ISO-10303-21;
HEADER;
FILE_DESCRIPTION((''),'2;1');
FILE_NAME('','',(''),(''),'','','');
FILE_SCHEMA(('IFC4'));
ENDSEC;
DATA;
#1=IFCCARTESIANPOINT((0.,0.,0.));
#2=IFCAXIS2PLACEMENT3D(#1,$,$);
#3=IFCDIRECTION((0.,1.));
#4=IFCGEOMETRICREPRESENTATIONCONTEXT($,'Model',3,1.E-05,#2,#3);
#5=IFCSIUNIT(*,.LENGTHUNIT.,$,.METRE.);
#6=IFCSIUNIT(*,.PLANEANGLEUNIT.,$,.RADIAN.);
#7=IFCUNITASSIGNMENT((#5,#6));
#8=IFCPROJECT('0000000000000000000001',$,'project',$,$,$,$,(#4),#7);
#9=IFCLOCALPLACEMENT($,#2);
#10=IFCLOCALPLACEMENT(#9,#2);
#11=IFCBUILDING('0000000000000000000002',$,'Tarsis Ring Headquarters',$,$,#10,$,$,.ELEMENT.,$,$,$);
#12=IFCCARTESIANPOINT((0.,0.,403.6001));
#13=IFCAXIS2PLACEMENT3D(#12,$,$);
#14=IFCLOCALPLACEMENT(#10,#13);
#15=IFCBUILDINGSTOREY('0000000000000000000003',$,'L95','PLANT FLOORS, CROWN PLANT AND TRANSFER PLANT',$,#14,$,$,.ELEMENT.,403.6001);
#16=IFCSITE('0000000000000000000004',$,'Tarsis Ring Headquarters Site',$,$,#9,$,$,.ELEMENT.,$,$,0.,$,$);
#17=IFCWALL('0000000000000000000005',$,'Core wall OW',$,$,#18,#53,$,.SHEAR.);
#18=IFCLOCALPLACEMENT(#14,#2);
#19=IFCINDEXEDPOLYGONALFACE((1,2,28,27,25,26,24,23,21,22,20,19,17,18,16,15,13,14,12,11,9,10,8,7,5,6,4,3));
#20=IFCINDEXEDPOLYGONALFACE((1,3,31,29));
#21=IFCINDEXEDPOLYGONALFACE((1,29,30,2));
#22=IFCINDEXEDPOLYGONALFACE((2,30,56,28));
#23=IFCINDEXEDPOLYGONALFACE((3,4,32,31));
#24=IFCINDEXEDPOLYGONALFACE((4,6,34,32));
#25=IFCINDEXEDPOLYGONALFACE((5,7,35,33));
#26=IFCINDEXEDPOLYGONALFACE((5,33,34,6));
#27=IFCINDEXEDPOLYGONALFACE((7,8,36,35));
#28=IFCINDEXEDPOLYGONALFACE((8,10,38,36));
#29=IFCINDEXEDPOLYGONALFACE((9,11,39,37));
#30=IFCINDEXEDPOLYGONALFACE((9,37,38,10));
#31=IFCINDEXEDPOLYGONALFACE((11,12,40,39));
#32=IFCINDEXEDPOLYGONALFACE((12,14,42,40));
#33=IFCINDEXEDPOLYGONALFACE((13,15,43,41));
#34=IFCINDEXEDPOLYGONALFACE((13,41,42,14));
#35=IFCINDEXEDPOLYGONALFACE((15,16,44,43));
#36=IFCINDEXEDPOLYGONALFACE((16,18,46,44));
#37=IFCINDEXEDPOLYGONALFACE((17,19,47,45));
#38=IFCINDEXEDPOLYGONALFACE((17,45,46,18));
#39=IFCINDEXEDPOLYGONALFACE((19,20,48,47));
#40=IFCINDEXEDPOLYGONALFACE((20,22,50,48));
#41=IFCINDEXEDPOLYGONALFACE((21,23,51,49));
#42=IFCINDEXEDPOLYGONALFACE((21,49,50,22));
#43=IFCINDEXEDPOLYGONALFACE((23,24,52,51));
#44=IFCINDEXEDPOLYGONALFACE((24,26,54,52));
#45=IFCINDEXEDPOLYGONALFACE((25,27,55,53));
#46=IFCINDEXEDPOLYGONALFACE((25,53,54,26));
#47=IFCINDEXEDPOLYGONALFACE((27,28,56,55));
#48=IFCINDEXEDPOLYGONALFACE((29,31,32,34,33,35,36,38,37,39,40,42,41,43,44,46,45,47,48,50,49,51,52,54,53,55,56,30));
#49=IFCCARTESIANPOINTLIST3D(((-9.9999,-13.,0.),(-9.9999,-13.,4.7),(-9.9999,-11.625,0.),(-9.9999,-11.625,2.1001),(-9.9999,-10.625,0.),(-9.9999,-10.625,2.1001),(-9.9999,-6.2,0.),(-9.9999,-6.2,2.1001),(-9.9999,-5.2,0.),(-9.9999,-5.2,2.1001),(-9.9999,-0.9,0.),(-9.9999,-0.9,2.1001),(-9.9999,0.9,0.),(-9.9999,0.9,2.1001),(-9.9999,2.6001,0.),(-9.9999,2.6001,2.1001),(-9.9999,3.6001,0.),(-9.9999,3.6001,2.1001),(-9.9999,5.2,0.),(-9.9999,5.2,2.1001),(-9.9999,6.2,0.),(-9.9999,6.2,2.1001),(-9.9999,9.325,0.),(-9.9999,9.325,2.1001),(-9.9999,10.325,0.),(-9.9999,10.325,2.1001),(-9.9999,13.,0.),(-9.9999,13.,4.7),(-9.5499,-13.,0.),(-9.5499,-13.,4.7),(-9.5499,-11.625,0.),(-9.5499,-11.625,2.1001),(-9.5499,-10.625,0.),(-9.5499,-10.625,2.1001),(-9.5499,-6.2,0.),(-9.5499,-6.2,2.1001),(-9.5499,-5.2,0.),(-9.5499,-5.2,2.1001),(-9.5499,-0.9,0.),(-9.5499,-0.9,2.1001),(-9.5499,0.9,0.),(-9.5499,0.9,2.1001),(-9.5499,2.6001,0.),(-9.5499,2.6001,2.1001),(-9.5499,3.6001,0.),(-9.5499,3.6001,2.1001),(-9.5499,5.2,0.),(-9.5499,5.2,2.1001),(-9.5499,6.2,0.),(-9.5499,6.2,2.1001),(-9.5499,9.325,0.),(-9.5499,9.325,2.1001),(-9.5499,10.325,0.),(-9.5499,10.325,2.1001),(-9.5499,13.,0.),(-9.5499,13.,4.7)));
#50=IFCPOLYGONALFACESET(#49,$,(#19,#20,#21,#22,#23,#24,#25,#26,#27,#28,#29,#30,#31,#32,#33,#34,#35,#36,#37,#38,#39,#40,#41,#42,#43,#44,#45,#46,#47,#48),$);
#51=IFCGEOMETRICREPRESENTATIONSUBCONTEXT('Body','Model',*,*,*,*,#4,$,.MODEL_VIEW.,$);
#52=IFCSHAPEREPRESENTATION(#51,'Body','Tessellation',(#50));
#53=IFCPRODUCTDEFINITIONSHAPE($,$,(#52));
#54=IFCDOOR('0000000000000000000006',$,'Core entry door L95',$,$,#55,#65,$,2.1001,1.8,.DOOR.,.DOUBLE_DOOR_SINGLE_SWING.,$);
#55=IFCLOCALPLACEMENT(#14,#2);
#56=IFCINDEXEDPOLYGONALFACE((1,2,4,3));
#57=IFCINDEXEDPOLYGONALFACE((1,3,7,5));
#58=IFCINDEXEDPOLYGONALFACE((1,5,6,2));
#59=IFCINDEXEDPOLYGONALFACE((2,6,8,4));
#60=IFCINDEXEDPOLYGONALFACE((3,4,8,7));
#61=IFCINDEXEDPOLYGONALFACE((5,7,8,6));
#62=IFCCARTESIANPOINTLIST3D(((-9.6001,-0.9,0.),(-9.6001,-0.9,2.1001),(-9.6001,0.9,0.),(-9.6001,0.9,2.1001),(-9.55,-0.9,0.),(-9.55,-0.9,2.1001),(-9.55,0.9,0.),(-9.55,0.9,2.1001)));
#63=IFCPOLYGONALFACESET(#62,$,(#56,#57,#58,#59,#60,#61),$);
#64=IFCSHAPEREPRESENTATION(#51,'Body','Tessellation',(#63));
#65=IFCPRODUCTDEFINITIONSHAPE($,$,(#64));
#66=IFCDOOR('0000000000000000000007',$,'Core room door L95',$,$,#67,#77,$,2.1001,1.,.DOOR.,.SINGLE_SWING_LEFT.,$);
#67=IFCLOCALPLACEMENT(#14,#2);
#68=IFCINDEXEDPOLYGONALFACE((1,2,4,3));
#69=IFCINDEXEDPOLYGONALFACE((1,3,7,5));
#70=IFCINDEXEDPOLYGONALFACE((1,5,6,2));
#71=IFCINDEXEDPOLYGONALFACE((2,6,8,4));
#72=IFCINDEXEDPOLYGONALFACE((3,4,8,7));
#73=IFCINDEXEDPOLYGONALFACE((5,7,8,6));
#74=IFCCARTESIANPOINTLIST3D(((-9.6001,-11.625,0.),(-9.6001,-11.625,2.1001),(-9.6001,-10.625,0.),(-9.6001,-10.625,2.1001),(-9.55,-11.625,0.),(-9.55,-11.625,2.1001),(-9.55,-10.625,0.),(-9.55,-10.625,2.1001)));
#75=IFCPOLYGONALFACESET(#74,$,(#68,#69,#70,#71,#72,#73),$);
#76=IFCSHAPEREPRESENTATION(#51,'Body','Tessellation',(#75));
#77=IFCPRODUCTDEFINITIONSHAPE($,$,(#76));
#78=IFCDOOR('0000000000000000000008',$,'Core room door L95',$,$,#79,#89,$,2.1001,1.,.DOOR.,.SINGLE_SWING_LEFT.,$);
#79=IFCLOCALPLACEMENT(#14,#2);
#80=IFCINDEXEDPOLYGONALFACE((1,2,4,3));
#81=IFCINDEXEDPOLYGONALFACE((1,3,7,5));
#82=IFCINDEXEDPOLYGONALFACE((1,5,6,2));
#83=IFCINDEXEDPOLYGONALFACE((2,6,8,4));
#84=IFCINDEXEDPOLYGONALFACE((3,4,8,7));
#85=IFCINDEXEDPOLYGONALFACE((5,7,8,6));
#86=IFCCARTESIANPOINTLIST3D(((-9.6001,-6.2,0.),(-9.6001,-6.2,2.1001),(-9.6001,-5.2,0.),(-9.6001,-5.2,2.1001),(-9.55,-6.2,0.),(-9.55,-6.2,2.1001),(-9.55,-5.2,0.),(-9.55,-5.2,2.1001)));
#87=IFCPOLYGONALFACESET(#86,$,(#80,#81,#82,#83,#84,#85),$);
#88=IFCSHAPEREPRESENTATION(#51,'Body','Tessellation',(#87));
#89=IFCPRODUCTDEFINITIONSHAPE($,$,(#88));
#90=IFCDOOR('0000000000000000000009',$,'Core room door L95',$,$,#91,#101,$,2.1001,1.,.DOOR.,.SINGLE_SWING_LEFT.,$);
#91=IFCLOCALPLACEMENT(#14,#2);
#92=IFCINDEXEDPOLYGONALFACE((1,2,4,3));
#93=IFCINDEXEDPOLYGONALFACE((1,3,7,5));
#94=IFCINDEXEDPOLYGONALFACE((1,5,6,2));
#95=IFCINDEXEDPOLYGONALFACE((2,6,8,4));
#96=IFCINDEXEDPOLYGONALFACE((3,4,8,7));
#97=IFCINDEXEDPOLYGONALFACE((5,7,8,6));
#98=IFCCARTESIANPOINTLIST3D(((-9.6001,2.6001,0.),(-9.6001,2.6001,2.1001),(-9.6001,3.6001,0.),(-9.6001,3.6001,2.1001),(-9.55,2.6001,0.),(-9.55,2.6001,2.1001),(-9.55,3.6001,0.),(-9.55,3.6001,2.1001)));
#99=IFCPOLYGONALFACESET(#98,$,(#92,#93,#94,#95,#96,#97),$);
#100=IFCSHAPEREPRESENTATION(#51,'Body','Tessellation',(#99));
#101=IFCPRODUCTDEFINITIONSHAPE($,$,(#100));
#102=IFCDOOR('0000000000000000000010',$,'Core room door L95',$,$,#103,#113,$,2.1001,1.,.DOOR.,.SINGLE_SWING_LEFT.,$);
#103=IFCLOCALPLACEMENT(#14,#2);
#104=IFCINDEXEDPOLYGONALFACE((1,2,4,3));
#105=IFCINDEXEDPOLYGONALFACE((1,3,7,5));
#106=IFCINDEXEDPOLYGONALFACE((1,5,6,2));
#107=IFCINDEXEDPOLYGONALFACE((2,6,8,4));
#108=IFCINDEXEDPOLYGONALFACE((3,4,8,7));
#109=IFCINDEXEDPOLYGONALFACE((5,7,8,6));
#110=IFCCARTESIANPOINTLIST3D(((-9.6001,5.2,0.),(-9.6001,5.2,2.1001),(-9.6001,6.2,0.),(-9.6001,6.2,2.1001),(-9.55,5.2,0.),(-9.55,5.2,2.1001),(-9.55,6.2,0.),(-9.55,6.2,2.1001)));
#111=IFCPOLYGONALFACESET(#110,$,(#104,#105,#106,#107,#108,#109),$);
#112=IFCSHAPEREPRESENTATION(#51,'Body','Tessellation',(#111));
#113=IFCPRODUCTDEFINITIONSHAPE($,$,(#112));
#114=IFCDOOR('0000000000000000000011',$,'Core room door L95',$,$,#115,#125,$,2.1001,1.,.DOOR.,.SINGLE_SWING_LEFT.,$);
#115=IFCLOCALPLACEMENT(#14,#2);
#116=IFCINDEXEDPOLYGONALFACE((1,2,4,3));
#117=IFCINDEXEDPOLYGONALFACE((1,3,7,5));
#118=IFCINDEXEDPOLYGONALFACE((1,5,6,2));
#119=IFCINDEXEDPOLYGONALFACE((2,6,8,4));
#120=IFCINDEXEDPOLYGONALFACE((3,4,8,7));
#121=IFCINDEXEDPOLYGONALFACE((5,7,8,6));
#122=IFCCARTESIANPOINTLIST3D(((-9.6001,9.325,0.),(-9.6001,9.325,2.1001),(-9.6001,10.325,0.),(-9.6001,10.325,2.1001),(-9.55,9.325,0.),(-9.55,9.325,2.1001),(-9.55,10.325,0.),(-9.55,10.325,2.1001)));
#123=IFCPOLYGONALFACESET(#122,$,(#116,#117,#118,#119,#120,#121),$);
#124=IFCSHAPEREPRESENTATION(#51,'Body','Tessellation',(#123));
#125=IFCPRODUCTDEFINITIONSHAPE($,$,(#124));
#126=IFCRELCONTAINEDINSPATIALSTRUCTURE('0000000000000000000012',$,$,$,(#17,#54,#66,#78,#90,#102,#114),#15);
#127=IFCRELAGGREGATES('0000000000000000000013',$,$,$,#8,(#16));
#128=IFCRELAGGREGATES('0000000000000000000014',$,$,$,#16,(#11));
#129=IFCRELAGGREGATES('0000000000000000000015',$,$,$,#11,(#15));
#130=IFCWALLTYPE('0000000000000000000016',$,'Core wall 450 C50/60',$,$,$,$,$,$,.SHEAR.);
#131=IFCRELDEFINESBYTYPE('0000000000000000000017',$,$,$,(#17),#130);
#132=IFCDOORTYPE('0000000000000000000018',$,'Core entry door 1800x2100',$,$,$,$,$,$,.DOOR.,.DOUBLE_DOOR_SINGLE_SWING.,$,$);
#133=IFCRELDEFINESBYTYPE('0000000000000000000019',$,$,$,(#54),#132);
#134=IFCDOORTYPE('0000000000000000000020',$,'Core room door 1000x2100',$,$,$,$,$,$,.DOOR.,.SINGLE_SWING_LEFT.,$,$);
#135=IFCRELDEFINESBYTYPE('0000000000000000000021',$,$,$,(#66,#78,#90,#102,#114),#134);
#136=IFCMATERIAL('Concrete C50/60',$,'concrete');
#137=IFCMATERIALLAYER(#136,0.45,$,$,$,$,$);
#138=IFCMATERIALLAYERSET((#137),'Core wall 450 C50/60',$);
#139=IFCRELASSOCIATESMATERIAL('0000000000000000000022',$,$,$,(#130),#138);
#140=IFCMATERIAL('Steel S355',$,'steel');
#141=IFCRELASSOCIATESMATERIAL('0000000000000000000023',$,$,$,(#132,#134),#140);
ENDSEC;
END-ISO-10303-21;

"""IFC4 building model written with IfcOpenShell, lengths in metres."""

from ifc_helpers import new_model, si_unit, direction, frame, frame_2d, origin, place, context, subcontext, project, spatial, rectangle, extrude, material, layer, layer_set, type_object, element, fill, save


model = new_model("IFC4")

# Units and contexts
model_context = context("Model", 3, precision=1e-05, world=origin(), true_north=direction((0.0, 1.0)))
body_context = subcontext(model_context, "Body", "Model", "MODEL_VIEW")
ifc_project = project(units=[si_unit("LENGTHUNIT", "METRE"), si_unit("PLANEANGLEUNIT", "RADIAN")], contexts=[model_context])

# Site, building, storey
site_placement = place(None, origin())
site = spatial("IfcSite", under=ifc_project, at=site_placement, Name="Tarsis Ring Headquarters Site", CompositionType="ELEMENT", RefElevation=0.0)
building_placement = place(site_placement, origin())
building = spatial("IfcBuilding", under=site, at=building_placement, Name="Tarsis Ring Headquarters", CompositionType="ELEMENT")
storey_placement = place(building_placement, frame((0.0, 0.0, 403.6001)))
storey = spatial("IfcBuildingStorey", under=building, at=storey_placement, Name="L95", Description="PLANT FLOORS, CROWN PLANT AND TRANSFER PLANT", CompositionType="ELEMENT", Elevation=403.6001)

# Wall, openings, doors
ifc_material_1 = material(Name="Concrete C50/60", Category="concrete")
ifc_layer_1 = layer(ifc_material_1, 0.45)
ifc_layer_set_1 = layer_set([ifc_layer_1], Name="Core wall 450 C50/60")
wall_type_1 = type_object("IfcWallType", Name="Core wall 450 C50/60", PredefinedType="SHEAR", material=ifc_layer_set_1)
wall_1_placement = place(storey_placement, frame((-9.7749, -13.0, 0.0), z_axis=(0.0, 0.0, 1.0), x_axis=(0.0, 1.0, 0.0)))
wall_1 = element("IfcWall", 1, at=wall_1_placement, inside=storey, type_object=wall_type_1, Name="Core wall OW", PredefinedType="SHEAR", context=body_context, shape_type="SweptSolid", body=[
    extrude(rectangle(XDim=26.0, YDim=0.45, at=frame_2d((13.0, 0.0))), origin(), (0.0, 0.0, 1.0), 4.7),
])
opening_1_placement = place(wall_1_placement, frame((1.375, 0.0, 0.0)))
opening_1 = element("IfcOpeningElement", 2, at=opening_1_placement, cuts=wall_1, PredefinedType="OPENING", context=body_context, shape_type="SweptSolid", body=[
    extrude(rectangle(XDim=1.0, YDim=2.1001, at=frame_2d((0.5, 1.05))), frame((0.0, 0.2349, 0.0), z_axis=(0.0, -1.0, 0.0), x_axis=(1.0, 0.0, 0.0)), (0.0, 0.0, 1.0), 0.47),
])
opening_2_placement = place(wall_1_placement, frame((6.8, 0.0, 0.0)))
opening_2 = element("IfcOpeningElement", 3, at=opening_2_placement, cuts=wall_1, PredefinedType="OPENING", context=body_context, shape_type="SweptSolid", body=[
    extrude(rectangle(XDim=1.0, YDim=2.1001, at=frame_2d((0.5, 1.05))), frame((0.0, 0.2349, 0.0), z_axis=(0.0, -1.0, 0.0), x_axis=(1.0, 0.0, 0.0)), (0.0, 0.0, 1.0), 0.47),
])
opening_3_placement = place(wall_1_placement, frame((12.1001, 0.0, 0.0)))
opening_3 = element("IfcOpeningElement", 4, at=opening_3_placement, cuts=wall_1, PredefinedType="OPENING", context=body_context, shape_type="SweptSolid", body=[
    extrude(rectangle(XDim=1.8, YDim=2.1001, at=frame_2d((0.8999, 1.05))), frame((0.0, 0.2349, 0.0), z_axis=(0.0, -1.0, 0.0), x_axis=(1.0, 0.0, 0.0)), (0.0, 0.0, 1.0), 0.47),
])
opening_4_placement = place(wall_1_placement, frame((15.6001, 0.0, 0.0)))
opening_4 = element("IfcOpeningElement", 5, at=opening_4_placement, cuts=wall_1, PredefinedType="OPENING", context=body_context, shape_type="SweptSolid", body=[
    extrude(rectangle(XDim=1.0, YDim=2.1001, at=frame_2d((0.5, 1.05))), frame((0.0, 0.2349, 0.0), z_axis=(0.0, -1.0, 0.0), x_axis=(1.0, 0.0, 0.0)), (0.0, 0.0, 1.0), 0.47),
])
opening_5_placement = place(wall_1_placement, frame((18.2, 0.0, 0.0)))
opening_5 = element("IfcOpeningElement", 6, at=opening_5_placement, cuts=wall_1, PredefinedType="OPENING", context=body_context, shape_type="SweptSolid", body=[
    extrude(rectangle(XDim=1.0, YDim=2.1001, at=frame_2d((0.5, 1.05))), frame((0.0, 0.2349, 0.0), z_axis=(0.0, -1.0, 0.0), x_axis=(1.0, 0.0, 0.0)), (0.0, 0.0, 1.0), 0.47),
])
opening_6_placement = place(wall_1_placement, frame((22.325, 0.0, 0.0)))
opening_6 = element("IfcOpeningElement", 7, at=opening_6_placement, cuts=wall_1, PredefinedType="OPENING", context=body_context, shape_type="SweptSolid", body=[
    extrude(rectangle(XDim=1.0, YDim=2.1001, at=frame_2d((0.5, 1.05))), frame((0.0, 0.2349, 0.0), z_axis=(0.0, -1.0, 0.0), x_axis=(1.0, 0.0, 0.0)), (0.0, 0.0, 1.0), 0.47),
])
ifc_material_2 = material(Name="Steel S355", Category="steel")
door_type_1 = type_object("IfcDoorType", Name="Core entry door 1800x2100", OperationType="DOUBLE_DOOR_SINGLE_SWING", PredefinedType="DOOR", material=ifc_material_2)
door_1_placement = place(opening_3_placement, origin())
door_1 = element("IfcDoor", 8, at=door_1_placement, inside=storey, type_object=door_type_1, Name="Core entry door L95", OperationType="DOUBLE_DOOR_SINGLE_SWING", OverallHeight=2.1001, OverallWidth=1.8, PredefinedType="DOOR", context=body_context, shape_type="SweptSolid", body=[
    extrude(rectangle(XDim=1.8, YDim=2.1001, at=frame_2d((0.8999, 1.05))), frame((0.0, -0.1748, 0.0), z_axis=(0.0, -1.0, 0.0), x_axis=(1.0, 0.0, 0.0)), (0.0, 0.0, 1.0), 0.05),
])
fill(opening_3, door_1)
door_type_2 = type_object("IfcDoorType", Name="Core room door 1000x2100", OperationType="SINGLE_SWING_LEFT", PredefinedType="DOOR", material=ifc_material_2)
door_2_placement = place(opening_1_placement, origin())
door_2 = element("IfcDoor", 9, at=door_2_placement, inside=storey, type_object=door_type_2, Name="Core room door L95", OperationType="SINGLE_SWING_LEFT", OverallHeight=2.1001, OverallWidth=1.0, PredefinedType="DOOR", context=body_context, shape_type="SweptSolid", body=[
    extrude(rectangle(XDim=1.0, YDim=2.1001, at=frame_2d((0.5, 1.05))), frame((0.0, -0.1748, 0.0), z_axis=(0.0, -1.0, 0.0), x_axis=(1.0, 0.0, 0.0)), (0.0, 0.0, 1.0), 0.05),
])
fill(opening_1, door_2)
door_3_placement = place(opening_2_placement, origin())
door_3 = element("IfcDoor", 10, at=door_3_placement, inside=storey, type_object=door_type_2, Name="Core room door L95", OperationType="SINGLE_SWING_LEFT", OverallHeight=2.1001, OverallWidth=1.0, PredefinedType="DOOR", context=body_context, shape_type="SweptSolid", body=[
    extrude(rectangle(XDim=1.0, YDim=2.1001, at=frame_2d((0.5, 1.05))), frame((0.0, -0.1748, 0.0), z_axis=(0.0, -1.0, 0.0), x_axis=(1.0, 0.0, 0.0)), (0.0, 0.0, 1.0), 0.05),
])
fill(opening_2, door_3)
door_4_placement = place(opening_4_placement, origin())
door_4 = element("IfcDoor", 11, at=door_4_placement, inside=storey, type_object=door_type_2, Name="Core room door L95", OperationType="SINGLE_SWING_LEFT", OverallHeight=2.1001, OverallWidth=1.0, PredefinedType="DOOR", context=body_context, shape_type="SweptSolid", body=[
    extrude(rectangle(XDim=1.0, YDim=2.1001, at=frame_2d((0.5, 1.05))), frame((0.0, -0.1748, 0.0), z_axis=(0.0, -1.0, 0.0), x_axis=(1.0, 0.0, 0.0)), (0.0, 0.0, 1.0), 0.05),
])
fill(opening_4, door_4)
door_5_placement = place(opening_5_placement, origin())
door_5 = element("IfcDoor", 12, at=door_5_placement, inside=storey, type_object=door_type_2, Name="Core room door L95", OperationType="SINGLE_SWING_LEFT", OverallHeight=2.1001, OverallWidth=1.0, PredefinedType="DOOR", context=body_context, shape_type="SweptSolid", body=[
    extrude(rectangle(XDim=1.0, YDim=2.1001, at=frame_2d((0.5, 1.05))), frame((0.0, -0.1748, 0.0), z_axis=(0.0, -1.0, 0.0), x_axis=(1.0, 0.0, 0.0)), (0.0, 0.0, 1.0), 0.05),
])
fill(opening_5, door_5)
door_6_placement = place(opening_6_placement, origin())
door_6 = element("IfcDoor", 13, at=door_6_placement, inside=storey, type_object=door_type_2, Name="Core room door L95", OperationType="SINGLE_SWING_LEFT", OverallHeight=2.1001, OverallWidth=1.0, PredefinedType="DOOR", context=body_context, shape_type="SweptSolid", body=[
    extrude(rectangle(XDim=1.0, YDim=2.1001, at=frame_2d((0.5, 1.05))), frame((0.0, -0.1748, 0.0), z_axis=(0.0, -1.0, 0.0), x_axis=(1.0, 0.0, 0.0)), (0.0, 0.0, 1.0), 0.05),
])
fill(opening_6, door_6)

save(model, "model.ifc")
